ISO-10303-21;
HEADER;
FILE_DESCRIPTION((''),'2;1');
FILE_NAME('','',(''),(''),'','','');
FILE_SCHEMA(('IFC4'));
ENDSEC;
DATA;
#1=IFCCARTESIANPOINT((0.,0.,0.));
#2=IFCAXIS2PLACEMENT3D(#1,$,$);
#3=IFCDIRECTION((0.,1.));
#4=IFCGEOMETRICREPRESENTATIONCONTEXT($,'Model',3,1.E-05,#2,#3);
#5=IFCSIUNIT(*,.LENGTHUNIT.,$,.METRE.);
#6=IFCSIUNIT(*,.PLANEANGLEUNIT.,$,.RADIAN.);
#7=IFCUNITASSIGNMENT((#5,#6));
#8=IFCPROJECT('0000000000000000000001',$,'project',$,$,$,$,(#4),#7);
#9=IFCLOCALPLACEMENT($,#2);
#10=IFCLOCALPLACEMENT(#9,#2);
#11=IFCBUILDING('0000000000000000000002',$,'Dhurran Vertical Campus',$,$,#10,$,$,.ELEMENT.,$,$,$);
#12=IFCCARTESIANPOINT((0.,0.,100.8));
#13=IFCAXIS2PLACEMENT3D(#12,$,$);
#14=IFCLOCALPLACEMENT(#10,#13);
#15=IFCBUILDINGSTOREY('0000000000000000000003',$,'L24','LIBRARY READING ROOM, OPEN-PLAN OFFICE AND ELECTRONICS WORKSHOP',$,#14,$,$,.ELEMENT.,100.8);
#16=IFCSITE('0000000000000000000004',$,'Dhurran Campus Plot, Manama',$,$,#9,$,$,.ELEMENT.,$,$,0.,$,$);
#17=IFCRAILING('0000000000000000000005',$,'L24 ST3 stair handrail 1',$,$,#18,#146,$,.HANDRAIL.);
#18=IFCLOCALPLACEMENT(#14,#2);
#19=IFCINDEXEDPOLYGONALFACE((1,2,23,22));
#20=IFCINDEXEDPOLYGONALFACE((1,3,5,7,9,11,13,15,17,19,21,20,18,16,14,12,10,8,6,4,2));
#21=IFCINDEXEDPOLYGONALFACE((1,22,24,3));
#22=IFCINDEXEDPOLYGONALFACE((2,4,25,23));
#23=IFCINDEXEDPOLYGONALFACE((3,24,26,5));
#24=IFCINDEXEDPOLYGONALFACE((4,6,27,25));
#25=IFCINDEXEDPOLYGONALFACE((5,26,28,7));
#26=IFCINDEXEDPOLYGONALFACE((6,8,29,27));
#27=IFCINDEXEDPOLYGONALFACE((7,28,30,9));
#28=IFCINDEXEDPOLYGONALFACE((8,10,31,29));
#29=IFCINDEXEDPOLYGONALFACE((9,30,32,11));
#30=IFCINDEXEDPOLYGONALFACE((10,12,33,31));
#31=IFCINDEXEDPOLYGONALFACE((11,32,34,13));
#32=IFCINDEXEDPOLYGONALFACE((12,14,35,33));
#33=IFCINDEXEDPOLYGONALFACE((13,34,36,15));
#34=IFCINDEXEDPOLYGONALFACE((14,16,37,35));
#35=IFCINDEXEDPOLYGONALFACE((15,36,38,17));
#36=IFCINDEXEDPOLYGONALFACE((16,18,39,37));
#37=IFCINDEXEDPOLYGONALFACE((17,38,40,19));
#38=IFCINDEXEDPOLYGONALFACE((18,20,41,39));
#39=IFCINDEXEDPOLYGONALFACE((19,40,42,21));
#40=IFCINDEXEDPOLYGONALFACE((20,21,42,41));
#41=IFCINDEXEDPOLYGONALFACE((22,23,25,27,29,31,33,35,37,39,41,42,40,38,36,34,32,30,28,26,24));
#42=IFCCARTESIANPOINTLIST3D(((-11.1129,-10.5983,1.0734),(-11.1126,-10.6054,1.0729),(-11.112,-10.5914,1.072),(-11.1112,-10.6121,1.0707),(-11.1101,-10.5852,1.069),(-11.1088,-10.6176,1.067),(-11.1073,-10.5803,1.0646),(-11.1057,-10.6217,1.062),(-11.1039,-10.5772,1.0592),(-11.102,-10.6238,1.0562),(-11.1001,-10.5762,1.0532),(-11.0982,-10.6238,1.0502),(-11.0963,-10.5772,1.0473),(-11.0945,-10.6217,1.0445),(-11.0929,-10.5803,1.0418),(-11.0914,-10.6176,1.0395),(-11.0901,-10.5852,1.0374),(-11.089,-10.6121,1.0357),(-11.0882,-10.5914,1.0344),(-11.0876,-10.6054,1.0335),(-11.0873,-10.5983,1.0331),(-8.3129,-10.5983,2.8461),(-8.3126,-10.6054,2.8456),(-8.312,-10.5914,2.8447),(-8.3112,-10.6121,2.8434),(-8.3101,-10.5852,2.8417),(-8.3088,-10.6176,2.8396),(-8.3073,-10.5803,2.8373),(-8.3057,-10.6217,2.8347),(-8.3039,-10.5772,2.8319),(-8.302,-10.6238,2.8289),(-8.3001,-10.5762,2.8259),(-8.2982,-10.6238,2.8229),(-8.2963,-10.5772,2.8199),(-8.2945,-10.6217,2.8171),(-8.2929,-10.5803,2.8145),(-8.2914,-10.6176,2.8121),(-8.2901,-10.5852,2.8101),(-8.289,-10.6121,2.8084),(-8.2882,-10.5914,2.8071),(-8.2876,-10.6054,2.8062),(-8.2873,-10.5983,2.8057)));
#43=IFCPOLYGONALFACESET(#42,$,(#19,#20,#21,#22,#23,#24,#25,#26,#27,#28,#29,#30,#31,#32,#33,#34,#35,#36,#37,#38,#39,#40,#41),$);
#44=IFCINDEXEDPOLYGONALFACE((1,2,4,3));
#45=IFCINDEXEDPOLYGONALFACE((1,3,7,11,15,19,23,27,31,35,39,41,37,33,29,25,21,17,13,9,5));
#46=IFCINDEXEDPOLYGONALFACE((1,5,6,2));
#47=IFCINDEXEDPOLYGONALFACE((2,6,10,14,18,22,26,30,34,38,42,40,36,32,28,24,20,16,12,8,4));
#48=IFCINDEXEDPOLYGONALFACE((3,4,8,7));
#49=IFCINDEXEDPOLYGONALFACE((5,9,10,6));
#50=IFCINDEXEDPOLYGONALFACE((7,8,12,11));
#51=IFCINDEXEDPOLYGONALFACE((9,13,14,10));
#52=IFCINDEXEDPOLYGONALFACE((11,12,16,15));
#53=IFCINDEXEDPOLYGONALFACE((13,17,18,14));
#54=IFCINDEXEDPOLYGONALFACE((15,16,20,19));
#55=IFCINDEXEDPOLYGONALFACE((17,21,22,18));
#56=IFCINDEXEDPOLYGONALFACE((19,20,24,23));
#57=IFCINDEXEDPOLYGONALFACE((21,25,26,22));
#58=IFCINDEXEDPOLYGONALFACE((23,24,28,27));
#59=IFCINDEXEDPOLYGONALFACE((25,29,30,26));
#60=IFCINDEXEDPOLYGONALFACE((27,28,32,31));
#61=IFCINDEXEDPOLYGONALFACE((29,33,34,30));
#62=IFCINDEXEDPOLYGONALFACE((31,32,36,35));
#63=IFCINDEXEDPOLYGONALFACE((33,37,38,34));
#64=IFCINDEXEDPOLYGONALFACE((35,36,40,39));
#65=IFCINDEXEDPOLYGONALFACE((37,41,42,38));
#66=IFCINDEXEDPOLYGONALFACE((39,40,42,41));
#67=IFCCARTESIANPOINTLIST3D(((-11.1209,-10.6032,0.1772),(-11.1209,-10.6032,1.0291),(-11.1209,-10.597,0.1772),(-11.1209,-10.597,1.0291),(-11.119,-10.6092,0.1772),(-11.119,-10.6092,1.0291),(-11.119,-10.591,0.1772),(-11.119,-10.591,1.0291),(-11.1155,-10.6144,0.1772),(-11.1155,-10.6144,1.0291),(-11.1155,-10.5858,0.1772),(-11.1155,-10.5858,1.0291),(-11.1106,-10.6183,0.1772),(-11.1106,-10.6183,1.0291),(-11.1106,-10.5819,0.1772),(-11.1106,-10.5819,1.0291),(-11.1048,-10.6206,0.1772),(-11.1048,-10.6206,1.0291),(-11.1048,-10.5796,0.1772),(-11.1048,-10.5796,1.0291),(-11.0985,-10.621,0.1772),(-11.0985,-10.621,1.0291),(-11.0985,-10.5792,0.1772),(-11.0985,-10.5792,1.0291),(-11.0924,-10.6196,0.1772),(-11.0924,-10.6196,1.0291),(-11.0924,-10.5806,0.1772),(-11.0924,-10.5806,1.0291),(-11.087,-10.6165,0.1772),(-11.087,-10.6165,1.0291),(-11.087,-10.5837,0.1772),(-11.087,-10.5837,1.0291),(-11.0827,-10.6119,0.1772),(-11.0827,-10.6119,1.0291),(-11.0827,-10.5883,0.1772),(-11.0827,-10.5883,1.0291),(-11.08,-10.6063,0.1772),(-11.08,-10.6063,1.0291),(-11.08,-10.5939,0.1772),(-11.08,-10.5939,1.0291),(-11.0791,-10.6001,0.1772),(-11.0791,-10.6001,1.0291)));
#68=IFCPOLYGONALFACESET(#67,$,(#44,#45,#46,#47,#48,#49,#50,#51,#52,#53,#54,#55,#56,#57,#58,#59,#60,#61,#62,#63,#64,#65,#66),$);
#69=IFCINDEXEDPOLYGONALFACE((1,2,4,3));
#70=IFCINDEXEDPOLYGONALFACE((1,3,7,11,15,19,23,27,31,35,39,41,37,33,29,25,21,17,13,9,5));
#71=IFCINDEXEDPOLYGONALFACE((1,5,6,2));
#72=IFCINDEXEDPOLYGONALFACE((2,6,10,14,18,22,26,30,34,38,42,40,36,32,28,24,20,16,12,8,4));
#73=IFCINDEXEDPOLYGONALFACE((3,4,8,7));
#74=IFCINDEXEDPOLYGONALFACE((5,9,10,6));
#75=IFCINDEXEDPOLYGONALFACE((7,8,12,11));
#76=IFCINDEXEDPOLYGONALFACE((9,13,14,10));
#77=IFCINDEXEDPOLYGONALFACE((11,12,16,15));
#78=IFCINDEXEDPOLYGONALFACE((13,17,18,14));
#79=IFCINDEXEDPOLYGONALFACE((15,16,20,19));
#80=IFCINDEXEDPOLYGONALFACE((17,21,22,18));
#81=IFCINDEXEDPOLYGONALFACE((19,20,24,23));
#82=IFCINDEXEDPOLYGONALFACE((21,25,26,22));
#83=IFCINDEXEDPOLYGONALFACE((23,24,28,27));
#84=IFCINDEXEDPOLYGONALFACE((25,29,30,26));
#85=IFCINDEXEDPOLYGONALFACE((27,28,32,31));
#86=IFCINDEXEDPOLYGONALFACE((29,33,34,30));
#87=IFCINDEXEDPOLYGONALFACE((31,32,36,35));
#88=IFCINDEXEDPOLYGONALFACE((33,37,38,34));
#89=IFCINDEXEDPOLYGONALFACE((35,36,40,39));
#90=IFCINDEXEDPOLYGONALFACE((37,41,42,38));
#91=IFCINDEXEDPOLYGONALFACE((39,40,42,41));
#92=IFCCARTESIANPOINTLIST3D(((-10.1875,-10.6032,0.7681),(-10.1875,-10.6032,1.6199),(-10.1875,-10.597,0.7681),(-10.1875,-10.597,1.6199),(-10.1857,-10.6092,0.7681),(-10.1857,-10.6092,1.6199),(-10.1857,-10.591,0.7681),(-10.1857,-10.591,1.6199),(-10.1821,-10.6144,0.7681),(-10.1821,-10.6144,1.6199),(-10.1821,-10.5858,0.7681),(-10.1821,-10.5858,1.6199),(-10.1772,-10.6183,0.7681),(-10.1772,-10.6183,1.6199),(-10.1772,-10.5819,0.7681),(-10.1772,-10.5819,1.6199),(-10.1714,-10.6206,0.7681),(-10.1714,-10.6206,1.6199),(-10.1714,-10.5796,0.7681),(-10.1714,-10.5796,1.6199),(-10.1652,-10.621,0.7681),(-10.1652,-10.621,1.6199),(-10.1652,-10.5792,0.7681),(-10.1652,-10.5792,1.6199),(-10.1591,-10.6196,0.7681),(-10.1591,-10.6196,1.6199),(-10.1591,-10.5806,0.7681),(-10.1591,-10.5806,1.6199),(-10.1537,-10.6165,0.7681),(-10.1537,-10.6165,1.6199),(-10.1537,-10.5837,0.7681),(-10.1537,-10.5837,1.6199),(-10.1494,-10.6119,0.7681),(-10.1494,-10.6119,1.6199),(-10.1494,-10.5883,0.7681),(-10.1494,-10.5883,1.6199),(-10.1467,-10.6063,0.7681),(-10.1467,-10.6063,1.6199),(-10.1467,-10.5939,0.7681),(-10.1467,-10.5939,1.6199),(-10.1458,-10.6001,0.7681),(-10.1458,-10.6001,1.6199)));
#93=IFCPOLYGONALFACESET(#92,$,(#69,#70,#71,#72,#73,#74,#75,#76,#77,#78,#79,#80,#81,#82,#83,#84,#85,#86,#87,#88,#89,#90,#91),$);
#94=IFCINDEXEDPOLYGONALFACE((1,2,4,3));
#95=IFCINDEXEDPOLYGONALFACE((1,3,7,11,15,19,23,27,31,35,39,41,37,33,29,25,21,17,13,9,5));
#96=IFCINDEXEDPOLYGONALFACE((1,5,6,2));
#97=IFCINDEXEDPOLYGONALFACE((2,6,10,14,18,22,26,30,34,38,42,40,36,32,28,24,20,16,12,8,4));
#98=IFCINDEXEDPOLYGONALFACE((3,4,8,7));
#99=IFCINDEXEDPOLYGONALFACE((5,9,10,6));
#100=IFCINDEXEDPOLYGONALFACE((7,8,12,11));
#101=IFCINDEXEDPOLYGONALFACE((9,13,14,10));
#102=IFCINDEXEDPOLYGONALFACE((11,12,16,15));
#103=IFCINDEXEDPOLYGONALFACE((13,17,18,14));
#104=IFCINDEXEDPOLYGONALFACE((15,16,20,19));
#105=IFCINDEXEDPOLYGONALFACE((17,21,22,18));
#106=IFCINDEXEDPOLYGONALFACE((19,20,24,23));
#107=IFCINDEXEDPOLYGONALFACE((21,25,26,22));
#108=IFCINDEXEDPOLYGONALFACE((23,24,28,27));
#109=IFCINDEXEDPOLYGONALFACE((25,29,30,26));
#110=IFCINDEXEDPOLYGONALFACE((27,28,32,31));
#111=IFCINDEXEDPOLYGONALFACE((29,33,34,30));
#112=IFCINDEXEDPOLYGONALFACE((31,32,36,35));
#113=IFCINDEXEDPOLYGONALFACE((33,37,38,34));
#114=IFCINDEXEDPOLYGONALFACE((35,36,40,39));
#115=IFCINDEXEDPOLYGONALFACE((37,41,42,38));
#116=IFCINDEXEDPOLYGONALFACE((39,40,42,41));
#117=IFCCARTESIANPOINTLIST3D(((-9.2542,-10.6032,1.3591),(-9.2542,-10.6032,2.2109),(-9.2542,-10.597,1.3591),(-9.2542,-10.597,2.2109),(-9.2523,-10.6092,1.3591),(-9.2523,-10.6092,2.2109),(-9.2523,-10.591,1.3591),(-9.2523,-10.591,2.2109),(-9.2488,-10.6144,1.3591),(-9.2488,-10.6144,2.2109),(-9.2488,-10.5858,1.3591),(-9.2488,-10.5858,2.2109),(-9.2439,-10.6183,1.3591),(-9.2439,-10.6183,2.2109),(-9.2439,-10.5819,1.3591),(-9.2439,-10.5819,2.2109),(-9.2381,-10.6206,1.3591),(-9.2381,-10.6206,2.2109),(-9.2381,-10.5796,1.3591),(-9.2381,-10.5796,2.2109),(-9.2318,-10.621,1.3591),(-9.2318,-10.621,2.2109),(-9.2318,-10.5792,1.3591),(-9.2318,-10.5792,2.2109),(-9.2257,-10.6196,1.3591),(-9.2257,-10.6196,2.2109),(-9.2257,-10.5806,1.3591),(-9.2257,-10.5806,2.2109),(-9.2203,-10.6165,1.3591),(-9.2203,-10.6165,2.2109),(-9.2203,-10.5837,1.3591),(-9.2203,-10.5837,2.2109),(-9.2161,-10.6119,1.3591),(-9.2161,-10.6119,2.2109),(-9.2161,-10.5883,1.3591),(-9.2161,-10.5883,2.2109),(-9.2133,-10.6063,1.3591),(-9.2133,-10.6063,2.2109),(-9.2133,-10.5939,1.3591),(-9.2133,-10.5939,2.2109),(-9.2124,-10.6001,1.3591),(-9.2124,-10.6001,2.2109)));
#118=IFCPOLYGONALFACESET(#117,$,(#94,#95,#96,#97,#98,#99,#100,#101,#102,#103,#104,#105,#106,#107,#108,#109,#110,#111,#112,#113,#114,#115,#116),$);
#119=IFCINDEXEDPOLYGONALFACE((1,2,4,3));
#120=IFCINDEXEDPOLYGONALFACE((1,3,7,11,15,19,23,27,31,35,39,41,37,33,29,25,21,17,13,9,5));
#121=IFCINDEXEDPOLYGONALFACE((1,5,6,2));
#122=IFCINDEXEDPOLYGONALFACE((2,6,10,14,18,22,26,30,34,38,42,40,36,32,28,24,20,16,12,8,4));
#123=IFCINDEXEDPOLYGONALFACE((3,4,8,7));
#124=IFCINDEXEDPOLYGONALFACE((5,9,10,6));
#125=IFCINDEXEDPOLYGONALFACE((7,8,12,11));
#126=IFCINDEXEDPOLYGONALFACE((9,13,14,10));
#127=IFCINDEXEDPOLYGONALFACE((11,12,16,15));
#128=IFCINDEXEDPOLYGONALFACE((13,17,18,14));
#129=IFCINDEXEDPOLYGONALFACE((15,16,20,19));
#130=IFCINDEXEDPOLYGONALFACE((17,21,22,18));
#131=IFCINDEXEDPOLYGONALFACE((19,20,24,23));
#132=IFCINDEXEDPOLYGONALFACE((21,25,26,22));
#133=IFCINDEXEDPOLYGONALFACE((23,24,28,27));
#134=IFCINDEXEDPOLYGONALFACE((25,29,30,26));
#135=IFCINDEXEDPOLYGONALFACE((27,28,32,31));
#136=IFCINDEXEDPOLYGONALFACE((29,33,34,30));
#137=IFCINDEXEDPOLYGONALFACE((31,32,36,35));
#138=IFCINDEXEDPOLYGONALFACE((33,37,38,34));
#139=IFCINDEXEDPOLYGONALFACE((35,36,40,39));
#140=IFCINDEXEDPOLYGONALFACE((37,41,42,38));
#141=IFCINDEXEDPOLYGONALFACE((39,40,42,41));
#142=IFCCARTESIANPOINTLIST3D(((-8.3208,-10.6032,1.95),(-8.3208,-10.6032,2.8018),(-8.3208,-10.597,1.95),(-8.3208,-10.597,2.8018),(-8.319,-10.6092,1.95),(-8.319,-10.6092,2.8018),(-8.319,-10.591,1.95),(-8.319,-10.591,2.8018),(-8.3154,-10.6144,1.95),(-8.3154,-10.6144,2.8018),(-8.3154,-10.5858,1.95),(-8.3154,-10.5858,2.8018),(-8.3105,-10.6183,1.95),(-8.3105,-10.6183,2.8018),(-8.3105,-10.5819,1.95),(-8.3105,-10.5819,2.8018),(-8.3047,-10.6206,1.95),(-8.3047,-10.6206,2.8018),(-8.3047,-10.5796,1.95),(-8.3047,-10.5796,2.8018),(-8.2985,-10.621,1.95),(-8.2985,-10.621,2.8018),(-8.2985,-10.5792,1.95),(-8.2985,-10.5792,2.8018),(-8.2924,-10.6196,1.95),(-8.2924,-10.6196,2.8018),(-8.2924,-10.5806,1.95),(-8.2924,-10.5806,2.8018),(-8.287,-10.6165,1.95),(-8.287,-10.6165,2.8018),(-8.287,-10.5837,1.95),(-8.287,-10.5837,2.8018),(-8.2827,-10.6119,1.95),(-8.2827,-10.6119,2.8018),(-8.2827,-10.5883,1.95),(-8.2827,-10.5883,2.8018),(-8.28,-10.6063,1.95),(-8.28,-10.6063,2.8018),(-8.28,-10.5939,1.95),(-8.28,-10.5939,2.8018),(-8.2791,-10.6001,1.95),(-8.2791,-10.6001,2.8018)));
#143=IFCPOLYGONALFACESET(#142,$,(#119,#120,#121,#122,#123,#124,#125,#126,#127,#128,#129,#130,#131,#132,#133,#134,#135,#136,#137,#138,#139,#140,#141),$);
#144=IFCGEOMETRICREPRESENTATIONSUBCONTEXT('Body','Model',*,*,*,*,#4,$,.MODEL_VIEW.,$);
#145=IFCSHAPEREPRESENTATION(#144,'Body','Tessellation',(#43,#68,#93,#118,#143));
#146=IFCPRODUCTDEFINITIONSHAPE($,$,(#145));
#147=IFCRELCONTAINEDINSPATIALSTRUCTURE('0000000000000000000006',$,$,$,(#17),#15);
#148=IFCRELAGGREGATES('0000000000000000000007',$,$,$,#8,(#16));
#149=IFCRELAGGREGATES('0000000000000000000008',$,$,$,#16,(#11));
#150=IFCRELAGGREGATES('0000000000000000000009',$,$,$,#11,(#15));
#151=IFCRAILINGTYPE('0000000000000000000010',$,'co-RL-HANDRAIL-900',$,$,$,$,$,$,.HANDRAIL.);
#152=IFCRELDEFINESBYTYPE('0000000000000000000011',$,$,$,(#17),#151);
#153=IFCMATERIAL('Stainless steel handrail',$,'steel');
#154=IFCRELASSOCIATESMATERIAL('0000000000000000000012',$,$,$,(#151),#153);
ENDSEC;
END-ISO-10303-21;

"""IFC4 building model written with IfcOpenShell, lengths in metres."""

from ifc_helpers import new_model, si_unit, direction, frame, origin, origin_2d, place, context, subcontext, project, spatial, circle, extrude, material, type_object, element, save


model = new_model("IFC4")

# Units and contexts
model_context = context("Model", 3, precision=1e-05, world=origin(), true_north=direction((0.0, 1.0)))
body_context = subcontext(model_context, "Body", "Model", "MODEL_VIEW")
ifc_project = project(units=[si_unit("LENGTHUNIT", "METRE"), si_unit("PLANEANGLEUNIT", "RADIAN")], contexts=[model_context])

# Site, building, storey
site_placement = place(None, origin())
site = spatial("IfcSite", under=ifc_project, at=site_placement, Name="Dhurran Campus Plot, Manama", CompositionType="ELEMENT", RefElevation=0.0)
building_placement = place(site_placement, origin())
building = spatial("IfcBuilding", under=site, at=building_placement, Name="Dhurran Vertical Campus", CompositionType="ELEMENT")
storey_placement = place(building_placement, frame((0.0, 0.0, 100.8)))
storey = spatial("IfcBuildingStorey", under=building, at=storey_placement, Name="L24", Description="LIBRARY READING ROOM, OPEN-PLAN OFFICE AND ELECTRONICS WORKSHOP", CompositionType="ELEMENT", Elevation=100.8)

# Railing
ifc_material_1 = material(Name="Stainless steel handrail", Category="steel")
railing_type_1 = type_object("IfcRailingType", Name="co-RL-HANDRAIL-900", PredefinedType="HANDRAIL", material=ifc_material_1)
railing_1_placement = place(storey_placement, frame((-11.1001, -10.6001, 0.1772)))
element("IfcRailing", 1, at=railing_1_placement, inside=storey, type_object=railing_type_1, Name="L24 ST3 stair handrail 1", PredefinedType="HANDRAIL", context=body_context, shape_type="SweptSolid", body=[
    extrude(circle(Radius=0.0239, at=origin_2d()), frame((0.0, 0.0, 0.876), z_axis=(0.844909, 0.0, 0.53491), x_axis=(0.0, 1.0, 0.0)), (0.0, 0.0, 1.0), 3.314),
    extrude(circle(Radius=0.021, at=origin_2d()), origin(), (0.0, 0.0, 1.0), 0.8518),
    extrude(circle(Radius=0.021, at=origin_2d()), frame((0.9333, 0.0, 0.5908)), (0.0, 0.0, 1.0), 0.8518),
    extrude(circle(Radius=0.021, at=origin_2d()), frame((1.8667, 0.0, 1.1819)), (0.0, 0.0, 1.0), 0.8518),
    extrude(circle(Radius=0.021, at=origin_2d()), frame((2.8, 0.0, 1.7727)), (0.0, 0.0, 1.0), 0.8518),
])

save(model, "model.ifc")
